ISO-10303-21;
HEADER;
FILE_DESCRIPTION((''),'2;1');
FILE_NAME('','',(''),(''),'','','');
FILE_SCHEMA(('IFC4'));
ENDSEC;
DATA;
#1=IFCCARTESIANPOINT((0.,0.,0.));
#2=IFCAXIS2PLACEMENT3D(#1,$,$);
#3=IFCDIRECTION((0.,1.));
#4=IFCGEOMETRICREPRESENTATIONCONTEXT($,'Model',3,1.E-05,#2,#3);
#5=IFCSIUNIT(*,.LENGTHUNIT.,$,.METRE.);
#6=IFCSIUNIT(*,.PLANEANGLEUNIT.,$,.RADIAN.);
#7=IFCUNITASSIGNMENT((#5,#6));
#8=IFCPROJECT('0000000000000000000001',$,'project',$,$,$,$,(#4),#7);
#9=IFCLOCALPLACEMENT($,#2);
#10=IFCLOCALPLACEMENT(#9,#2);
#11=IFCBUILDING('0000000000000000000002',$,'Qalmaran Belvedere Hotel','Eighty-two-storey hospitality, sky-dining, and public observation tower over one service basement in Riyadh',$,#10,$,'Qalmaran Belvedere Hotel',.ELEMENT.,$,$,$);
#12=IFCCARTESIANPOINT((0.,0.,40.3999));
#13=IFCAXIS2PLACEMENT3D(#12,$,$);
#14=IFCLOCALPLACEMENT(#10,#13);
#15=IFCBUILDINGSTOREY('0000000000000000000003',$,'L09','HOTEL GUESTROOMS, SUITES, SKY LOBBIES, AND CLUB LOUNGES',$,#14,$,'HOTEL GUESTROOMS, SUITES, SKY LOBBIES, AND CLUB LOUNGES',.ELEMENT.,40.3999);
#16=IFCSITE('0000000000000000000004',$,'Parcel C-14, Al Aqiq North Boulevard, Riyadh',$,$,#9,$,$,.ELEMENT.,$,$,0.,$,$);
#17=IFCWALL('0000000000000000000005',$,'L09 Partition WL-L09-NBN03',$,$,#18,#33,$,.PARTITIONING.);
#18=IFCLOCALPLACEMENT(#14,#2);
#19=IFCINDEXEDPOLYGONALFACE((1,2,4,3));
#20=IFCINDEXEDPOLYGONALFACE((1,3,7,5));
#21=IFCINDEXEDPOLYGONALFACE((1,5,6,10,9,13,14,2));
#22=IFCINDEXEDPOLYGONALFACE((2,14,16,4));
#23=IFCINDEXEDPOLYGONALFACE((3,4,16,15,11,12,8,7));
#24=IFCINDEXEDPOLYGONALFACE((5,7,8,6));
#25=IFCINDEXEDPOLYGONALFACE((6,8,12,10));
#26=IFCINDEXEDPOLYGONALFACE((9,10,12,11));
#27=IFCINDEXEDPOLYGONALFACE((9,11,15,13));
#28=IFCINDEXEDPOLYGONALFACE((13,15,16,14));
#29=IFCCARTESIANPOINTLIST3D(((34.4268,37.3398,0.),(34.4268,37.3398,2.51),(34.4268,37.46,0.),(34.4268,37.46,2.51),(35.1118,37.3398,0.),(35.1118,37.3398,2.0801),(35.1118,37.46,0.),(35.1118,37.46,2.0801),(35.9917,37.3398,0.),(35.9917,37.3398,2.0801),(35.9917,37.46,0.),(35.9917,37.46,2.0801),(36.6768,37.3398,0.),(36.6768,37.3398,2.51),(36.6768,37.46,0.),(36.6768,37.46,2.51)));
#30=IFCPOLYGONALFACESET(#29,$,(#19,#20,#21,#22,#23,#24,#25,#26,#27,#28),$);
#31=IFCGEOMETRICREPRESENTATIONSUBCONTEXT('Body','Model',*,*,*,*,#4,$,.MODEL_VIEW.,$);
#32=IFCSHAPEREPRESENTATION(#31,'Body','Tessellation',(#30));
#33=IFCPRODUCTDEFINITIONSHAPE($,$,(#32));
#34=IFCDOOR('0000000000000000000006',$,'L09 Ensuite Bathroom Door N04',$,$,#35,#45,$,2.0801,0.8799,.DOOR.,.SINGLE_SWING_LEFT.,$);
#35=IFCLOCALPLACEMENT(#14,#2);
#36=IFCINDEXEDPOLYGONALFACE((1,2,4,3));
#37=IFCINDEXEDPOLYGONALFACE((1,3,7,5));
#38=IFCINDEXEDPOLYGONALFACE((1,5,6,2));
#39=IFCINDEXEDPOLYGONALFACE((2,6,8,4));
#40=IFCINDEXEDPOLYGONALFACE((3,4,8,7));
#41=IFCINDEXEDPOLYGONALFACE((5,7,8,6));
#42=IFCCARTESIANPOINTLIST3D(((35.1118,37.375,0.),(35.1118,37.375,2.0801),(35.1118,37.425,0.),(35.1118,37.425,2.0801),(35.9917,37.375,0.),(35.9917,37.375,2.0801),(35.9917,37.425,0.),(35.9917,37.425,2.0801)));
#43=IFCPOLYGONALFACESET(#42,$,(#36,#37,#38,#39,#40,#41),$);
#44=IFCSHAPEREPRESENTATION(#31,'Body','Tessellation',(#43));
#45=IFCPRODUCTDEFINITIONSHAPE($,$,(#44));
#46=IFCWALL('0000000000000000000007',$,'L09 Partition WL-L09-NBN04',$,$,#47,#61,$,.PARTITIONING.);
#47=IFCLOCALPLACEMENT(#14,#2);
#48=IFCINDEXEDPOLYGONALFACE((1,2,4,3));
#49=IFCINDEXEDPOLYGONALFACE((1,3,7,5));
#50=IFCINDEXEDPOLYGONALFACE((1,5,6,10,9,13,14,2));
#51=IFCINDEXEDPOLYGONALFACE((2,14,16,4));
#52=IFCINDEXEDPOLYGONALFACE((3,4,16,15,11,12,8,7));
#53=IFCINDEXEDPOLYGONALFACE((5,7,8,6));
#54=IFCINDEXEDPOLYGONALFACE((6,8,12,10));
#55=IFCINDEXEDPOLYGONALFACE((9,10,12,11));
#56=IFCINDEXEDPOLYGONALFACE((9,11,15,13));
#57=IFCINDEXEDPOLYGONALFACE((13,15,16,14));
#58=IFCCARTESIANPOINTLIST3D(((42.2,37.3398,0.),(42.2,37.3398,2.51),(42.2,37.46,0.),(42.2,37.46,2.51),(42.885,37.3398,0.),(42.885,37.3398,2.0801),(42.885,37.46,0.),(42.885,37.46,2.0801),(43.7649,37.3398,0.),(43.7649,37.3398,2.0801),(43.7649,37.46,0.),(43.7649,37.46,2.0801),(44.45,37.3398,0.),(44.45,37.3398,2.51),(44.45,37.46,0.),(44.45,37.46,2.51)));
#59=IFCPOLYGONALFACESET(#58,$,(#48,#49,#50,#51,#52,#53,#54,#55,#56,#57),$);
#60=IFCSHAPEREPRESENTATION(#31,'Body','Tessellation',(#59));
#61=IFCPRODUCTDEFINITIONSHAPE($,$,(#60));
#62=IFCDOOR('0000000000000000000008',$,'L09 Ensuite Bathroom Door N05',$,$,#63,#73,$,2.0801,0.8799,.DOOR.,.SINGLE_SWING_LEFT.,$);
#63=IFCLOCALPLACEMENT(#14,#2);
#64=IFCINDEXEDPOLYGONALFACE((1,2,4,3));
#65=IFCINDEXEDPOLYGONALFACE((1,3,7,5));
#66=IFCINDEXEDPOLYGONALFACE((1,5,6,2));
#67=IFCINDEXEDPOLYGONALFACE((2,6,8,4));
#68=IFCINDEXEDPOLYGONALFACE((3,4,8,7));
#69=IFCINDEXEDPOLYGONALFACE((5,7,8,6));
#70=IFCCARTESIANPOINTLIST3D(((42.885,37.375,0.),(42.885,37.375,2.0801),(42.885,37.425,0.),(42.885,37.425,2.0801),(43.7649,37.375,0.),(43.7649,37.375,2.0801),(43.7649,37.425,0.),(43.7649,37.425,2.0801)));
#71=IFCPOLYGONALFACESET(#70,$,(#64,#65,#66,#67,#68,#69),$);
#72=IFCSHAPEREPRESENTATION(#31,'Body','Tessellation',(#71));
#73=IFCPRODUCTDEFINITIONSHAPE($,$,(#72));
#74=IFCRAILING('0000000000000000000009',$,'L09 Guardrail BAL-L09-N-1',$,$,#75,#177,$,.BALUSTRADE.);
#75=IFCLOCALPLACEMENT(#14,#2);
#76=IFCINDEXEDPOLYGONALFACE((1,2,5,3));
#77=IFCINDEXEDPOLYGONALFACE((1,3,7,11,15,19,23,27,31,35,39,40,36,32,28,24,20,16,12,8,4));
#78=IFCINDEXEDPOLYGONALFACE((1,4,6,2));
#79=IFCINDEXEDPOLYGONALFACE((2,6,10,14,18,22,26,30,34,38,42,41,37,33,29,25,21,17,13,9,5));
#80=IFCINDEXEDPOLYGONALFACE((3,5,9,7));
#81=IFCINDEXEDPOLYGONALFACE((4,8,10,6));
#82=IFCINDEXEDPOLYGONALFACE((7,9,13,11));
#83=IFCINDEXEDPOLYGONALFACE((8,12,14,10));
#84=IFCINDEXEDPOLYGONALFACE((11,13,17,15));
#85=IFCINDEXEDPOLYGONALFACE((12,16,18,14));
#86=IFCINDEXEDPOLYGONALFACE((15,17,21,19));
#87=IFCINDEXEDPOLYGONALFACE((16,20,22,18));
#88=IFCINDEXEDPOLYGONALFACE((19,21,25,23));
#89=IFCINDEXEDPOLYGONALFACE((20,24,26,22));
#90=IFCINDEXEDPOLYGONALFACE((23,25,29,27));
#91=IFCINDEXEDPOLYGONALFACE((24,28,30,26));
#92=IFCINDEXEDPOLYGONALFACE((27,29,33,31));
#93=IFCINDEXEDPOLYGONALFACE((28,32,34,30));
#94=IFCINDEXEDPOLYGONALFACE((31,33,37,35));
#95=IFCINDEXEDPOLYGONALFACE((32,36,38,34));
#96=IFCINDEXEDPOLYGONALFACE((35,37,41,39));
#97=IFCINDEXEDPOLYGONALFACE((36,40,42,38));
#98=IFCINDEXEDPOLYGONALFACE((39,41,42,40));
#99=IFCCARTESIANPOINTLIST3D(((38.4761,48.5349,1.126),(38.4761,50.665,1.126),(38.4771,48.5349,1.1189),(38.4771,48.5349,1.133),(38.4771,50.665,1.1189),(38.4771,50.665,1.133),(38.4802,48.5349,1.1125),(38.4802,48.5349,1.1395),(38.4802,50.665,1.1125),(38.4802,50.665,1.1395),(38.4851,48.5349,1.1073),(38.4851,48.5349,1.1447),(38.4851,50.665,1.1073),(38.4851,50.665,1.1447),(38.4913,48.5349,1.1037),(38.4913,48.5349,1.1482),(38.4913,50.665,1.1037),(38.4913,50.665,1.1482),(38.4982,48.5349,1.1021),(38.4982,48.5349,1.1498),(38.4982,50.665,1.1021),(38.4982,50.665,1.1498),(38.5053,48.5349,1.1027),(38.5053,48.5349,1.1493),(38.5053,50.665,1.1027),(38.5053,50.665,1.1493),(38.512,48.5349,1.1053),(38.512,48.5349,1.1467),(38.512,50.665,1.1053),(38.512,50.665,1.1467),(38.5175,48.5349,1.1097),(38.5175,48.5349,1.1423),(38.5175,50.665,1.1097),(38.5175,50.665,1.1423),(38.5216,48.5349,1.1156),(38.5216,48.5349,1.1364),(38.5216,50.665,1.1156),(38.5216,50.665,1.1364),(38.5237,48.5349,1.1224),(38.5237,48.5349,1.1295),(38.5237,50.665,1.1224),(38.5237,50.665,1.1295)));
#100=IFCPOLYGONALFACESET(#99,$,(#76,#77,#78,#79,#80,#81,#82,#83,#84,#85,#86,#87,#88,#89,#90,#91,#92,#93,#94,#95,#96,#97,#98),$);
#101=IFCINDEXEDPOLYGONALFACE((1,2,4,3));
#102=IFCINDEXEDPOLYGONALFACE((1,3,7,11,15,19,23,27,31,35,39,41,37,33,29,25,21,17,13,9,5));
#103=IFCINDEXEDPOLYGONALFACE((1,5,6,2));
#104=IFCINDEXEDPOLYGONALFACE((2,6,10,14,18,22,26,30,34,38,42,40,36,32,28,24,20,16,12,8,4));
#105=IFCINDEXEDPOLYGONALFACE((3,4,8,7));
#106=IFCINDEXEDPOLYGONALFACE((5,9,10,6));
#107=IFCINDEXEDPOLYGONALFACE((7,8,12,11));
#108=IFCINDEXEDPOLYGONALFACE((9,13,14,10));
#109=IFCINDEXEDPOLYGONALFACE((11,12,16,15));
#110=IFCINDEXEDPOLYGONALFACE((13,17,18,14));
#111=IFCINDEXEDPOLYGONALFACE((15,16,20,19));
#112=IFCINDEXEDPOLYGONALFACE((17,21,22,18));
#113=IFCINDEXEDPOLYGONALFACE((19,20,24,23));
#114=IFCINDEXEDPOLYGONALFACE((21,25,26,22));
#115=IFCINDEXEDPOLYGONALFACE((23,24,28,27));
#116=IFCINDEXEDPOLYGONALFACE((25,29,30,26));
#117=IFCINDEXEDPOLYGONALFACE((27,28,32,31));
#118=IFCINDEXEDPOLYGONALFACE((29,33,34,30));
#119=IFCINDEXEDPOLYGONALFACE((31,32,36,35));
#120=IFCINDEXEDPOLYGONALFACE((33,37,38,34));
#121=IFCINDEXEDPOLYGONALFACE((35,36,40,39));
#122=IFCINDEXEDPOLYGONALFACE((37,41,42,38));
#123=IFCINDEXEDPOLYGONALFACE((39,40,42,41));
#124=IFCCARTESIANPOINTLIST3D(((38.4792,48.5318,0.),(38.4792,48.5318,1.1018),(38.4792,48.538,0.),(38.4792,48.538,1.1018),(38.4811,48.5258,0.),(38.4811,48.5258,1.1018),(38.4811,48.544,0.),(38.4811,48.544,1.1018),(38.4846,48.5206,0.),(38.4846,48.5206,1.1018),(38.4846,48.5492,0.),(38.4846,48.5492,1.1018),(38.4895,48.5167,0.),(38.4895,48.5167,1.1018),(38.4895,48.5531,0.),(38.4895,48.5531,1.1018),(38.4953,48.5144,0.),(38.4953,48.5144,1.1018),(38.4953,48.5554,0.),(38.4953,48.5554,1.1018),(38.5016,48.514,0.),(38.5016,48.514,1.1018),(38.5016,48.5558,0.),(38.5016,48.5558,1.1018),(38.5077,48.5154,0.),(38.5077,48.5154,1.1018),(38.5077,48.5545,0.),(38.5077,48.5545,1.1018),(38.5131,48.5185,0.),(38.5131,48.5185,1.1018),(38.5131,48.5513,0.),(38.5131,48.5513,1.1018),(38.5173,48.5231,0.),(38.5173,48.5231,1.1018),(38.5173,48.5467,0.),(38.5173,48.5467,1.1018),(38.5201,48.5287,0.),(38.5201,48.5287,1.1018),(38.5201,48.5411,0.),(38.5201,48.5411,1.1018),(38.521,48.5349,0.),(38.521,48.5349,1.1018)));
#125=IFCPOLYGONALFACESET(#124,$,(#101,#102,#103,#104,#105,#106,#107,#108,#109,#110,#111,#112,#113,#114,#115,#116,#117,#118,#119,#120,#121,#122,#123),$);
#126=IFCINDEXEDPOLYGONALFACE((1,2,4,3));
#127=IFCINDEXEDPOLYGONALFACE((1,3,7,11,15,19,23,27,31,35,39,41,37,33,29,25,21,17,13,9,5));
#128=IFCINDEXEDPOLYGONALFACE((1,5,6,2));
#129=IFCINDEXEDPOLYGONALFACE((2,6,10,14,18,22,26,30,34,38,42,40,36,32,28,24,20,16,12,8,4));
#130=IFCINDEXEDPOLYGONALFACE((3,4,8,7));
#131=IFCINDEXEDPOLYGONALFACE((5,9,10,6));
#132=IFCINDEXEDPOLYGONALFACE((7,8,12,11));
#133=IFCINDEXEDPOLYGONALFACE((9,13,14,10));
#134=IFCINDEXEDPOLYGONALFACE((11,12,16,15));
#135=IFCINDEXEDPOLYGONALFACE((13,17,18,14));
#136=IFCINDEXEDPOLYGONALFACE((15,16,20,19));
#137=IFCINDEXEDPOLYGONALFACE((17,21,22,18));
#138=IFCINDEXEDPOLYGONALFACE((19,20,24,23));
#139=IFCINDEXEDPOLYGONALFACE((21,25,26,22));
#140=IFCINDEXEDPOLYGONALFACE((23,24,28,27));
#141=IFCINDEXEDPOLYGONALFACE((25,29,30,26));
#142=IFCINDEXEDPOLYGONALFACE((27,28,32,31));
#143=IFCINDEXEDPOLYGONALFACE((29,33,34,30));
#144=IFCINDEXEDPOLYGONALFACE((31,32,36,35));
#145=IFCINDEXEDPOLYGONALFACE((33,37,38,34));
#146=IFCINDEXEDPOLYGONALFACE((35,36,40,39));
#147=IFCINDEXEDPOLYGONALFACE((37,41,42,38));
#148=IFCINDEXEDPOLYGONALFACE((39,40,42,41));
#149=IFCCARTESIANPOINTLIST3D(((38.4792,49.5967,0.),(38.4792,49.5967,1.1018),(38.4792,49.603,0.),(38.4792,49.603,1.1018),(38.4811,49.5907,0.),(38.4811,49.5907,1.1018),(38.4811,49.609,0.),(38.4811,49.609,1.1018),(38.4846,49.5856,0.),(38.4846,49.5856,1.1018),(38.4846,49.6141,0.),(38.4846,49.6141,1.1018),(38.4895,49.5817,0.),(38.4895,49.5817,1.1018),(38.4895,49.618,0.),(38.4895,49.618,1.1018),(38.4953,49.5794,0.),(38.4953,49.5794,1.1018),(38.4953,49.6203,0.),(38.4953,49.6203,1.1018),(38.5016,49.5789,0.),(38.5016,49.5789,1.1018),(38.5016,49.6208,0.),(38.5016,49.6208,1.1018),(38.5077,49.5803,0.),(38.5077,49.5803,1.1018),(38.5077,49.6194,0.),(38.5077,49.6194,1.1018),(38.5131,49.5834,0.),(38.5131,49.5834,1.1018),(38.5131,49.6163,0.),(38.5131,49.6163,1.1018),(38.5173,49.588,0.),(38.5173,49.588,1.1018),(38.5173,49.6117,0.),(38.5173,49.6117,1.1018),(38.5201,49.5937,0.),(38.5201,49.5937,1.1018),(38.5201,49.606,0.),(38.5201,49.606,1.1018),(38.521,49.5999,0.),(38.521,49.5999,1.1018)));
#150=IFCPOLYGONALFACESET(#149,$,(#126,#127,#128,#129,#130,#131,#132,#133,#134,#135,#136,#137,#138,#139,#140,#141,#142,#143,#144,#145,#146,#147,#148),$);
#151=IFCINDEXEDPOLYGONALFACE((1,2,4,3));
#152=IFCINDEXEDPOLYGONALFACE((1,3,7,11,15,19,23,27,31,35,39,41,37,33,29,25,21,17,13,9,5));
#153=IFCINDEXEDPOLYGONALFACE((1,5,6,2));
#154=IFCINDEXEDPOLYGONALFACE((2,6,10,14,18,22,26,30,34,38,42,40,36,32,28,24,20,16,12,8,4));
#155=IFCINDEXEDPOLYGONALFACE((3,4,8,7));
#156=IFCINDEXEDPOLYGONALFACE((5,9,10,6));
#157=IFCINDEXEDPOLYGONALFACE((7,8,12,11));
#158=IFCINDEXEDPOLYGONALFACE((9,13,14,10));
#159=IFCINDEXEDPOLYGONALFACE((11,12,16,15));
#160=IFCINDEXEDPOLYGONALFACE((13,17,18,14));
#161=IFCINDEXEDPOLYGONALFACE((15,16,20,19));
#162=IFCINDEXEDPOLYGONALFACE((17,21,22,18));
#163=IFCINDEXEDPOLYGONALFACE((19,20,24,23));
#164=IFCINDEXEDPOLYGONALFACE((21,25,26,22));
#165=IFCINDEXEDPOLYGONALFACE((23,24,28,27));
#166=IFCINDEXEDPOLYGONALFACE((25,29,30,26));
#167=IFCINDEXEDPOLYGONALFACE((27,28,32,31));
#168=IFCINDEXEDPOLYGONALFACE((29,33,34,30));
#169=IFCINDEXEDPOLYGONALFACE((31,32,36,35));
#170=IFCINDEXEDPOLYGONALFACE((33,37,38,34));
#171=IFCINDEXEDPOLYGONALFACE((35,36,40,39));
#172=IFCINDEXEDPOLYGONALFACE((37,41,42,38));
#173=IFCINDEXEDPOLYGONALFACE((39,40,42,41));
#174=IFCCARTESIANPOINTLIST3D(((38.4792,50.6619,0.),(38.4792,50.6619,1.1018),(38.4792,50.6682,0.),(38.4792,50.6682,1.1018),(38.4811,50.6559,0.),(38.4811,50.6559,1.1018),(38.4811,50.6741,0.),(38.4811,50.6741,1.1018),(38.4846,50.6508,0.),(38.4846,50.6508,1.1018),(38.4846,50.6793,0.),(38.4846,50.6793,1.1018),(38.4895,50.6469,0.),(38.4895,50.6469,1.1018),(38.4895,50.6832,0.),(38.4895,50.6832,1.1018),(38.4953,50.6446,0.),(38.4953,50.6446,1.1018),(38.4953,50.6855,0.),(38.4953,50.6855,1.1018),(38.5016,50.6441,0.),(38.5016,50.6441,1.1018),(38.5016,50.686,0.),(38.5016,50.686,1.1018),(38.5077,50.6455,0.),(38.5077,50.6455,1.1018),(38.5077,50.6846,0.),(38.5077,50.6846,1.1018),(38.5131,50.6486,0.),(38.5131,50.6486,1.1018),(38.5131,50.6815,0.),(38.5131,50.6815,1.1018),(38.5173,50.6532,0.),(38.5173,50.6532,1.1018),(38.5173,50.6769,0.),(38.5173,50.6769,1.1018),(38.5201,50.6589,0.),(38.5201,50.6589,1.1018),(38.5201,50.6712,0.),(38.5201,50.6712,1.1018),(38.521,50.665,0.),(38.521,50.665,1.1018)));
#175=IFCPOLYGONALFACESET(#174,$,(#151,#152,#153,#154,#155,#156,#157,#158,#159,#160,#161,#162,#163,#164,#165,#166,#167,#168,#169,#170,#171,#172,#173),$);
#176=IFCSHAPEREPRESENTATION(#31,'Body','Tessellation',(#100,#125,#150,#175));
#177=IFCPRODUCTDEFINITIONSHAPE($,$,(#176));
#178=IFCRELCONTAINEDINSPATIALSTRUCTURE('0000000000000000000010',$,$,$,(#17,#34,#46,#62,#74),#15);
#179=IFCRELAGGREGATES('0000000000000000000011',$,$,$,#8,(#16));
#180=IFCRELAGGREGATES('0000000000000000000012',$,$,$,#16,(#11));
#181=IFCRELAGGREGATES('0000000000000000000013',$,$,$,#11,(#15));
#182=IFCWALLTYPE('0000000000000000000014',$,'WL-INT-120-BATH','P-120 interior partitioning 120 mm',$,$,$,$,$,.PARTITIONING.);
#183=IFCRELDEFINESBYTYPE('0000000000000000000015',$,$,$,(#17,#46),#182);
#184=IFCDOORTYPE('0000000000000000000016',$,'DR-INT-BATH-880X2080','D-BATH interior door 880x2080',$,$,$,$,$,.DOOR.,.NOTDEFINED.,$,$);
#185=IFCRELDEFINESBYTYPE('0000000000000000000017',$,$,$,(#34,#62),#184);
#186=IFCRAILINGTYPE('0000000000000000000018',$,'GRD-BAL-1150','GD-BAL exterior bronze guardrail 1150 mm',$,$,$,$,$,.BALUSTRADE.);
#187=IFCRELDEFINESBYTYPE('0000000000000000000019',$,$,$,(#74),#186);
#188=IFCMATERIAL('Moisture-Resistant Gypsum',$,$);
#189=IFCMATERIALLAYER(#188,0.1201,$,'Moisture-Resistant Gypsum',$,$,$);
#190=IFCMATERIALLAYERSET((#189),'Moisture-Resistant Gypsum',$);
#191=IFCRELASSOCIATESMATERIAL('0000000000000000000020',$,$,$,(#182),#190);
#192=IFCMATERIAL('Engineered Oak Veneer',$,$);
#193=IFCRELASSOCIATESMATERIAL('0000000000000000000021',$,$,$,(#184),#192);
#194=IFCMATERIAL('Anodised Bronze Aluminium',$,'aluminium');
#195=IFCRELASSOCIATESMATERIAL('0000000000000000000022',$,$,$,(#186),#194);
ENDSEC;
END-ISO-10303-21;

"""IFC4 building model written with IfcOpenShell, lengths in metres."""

from ifc_helpers import new_model, si_unit, direction, frame, frame_2d, origin, origin_2d, place, context, subcontext, project, spatial, rectangle, circle, extrude, material, layer, layer_set, type_object, element, fill, save


model = new_model("IFC4")

# Units and contexts
model_context = context("Model", 3, precision=1e-05, world=origin(), true_north=direction((0.0, 1.0)))
body_context = subcontext(model_context, "Body", "Model", "MODEL_VIEW")
ifc_project = project(units=[si_unit("LENGTHUNIT", "METRE"), si_unit("PLANEANGLEUNIT", "RADIAN")], contexts=[model_context])

# Site, building, storey
site_placement = place(None, origin())
site = spatial("IfcSite", under=ifc_project, at=site_placement, Name="Parcel C-14, Al Aqiq North Boulevard, Riyadh", CompositionType="ELEMENT", RefElevation=0.0)
building_placement = place(site_placement, origin())
building = spatial("IfcBuilding", under=site, at=building_placement, Name="Qalmaran Belvedere Hotel", Description="Eighty-two-storey hospitality, sky-dining, and public observation tower over one service basement in Riyadh", LongName="Qalmaran Belvedere Hotel", CompositionType="ELEMENT")
storey_placement = place(building_placement, frame((0.0, 0.0, 40.3999)))
storey = spatial("IfcBuildingStorey", under=building, at=storey_placement, Name="L09", Description="HOTEL GUESTROOMS, SUITES, SKY LOBBIES, AND CLUB LOUNGES", LongName="HOTEL GUESTROOMS, SUITES, SKY LOBBIES, AND CLUB LOUNGES", CompositionType="ELEMENT", Elevation=40.3999)

# Shared definitions
ifc_material_1 = material(Name="Anodised Bronze Aluminium", Category="aluminium")

# Walls, openings, doors
ifc_material_2 = material(Name="Moisture-Resistant Gypsum")
ifc_layer_1 = layer(ifc_material_2, 0.1201, Name="Moisture-Resistant Gypsum")
ifc_layer_set_1 = layer_set([ifc_layer_1], Name="Moisture-Resistant Gypsum")
wall_type_1 = type_object("IfcWallType", Name="WL-INT-120-BATH", Description="P-120 interior partitioning 120 mm", PredefinedType="PARTITIONING", material=ifc_layer_set_1)
wall_1_placement = place(storey_placement, frame((34.4268, 37.3999, 0.0), z_axis=(0.0, 0.0, 1.0), x_axis=(1.0, 0.0, 0.0)))
wall_1 = element("IfcWall", 1, at=wall_1_placement, inside=storey, type_object=wall_type_1, Name="L09 Partition WL-L09-NBN03", PredefinedType="PARTITIONING", context=body_context, shape_type="SweptSolid", body=[
    extrude(rectangle(XDim=2.25, YDim=0.1201, at=frame_2d((1.125, 0.0))), origin(), (0.0, 0.0, 1.0), 2.51),
])
opening_1_placement = place(wall_1_placement, frame((1.5649, 0.0, 0.0), z_axis=(0.0, 0.0, 1.0), x_axis=(-1.0, 0.0, 0.0)))
opening_1 = element("IfcOpeningElement", 2, at=opening_1_placement, cuts=wall_1, PredefinedType="OPENING", context=body_context, shape_type="SweptSolid", body=[
    extrude(rectangle(XDim=0.8799, YDim=2.0801, at=frame_2d((0.4399, 1.04))), frame((0.0, 0.0701, 0.0), z_axis=(0.0, -1.0, 0.0), x_axis=(1.0, 0.0, 0.0)), (0.0, 0.0, 1.0), 0.1401),
])
ifc_material_3 = material(Name="Engineered Oak Veneer")
door_type_1 = type_object("IfcDoorType", Name="DR-INT-BATH-880X2080", Description="D-BATH interior door 880x2080", OperationType="NOTDEFINED", PredefinedType="DOOR", material=ifc_material_3)
door_1_placement = place(opening_1_placement, origin())
door_1 = element("IfcDoor", 3, at=door_1_placement, inside=storey, type_object=door_type_1, Name="L09 Ensuite Bathroom Door N04", OperationType="SINGLE_SWING_LEFT", OverallHeight=2.0801, OverallWidth=0.8799, PredefinedType="DOOR", context=body_context, shape_type="SweptSolid", body=[
    extrude(rectangle(XDim=0.8799, YDim=2.0801, at=frame_2d((0.4399, 1.04))), frame((0.0, 0.0249, 0.0), z_axis=(0.0, -1.0, 0.0), x_axis=(1.0, 0.0, 0.0)), (0.0, 0.0, 1.0), 0.05),
])
fill(opening_1, door_1)
wall_2_placement = place(storey_placement, frame((42.2, 37.3999, 0.0), z_axis=(0.0, 0.0, 1.0), x_axis=(1.0, 0.0, 0.0)))
wall_2 = element("IfcWall", 4, at=wall_2_placement, inside=storey, type_object=wall_type_1, Name="L09 Partition WL-L09-NBN04", PredefinedType="PARTITIONING", context=body_context, shape_type="SweptSolid", body=[
    extrude(rectangle(XDim=2.25, YDim=0.1201, at=frame_2d((1.125, 0.0))), origin(), (0.0, 0.0, 1.0), 2.51),
])
opening_2_placement = place(wall_2_placement, frame((1.5649, 0.0, 0.0), z_axis=(0.0, 0.0, 1.0), x_axis=(-1.0, 0.0, 0.0)))
opening_2 = element("IfcOpeningElement", 5, at=opening_2_placement, cuts=wall_2, PredefinedType="OPENING", context=body_context, shape_type="SweptSolid", body=[
    extrude(rectangle(XDim=0.8799, YDim=2.0801, at=frame_2d((0.4399, 1.04))), frame((0.0, 0.0701, 0.0), z_axis=(0.0, -1.0, 0.0), x_axis=(1.0, 0.0, 0.0)), (0.0, 0.0, 1.0), 0.1401),
])
door_2_placement = place(opening_2_placement, origin())
door_2 = element("IfcDoor", 6, at=door_2_placement, inside=storey, type_object=door_type_1, Name="L09 Ensuite Bathroom Door N05", OperationType="SINGLE_SWING_LEFT", OverallHeight=2.0801, OverallWidth=0.8799, PredefinedType="DOOR", context=body_context, shape_type="SweptSolid", body=[
    extrude(rectangle(XDim=0.8799, YDim=2.0801, at=frame_2d((0.4399, 1.04))), frame((0.0, 0.0249, 0.0), z_axis=(0.0, -1.0, 0.0), x_axis=(1.0, 0.0, 0.0)), (0.0, 0.0, 1.0), 0.05),
])
fill(opening_2, door_2)

# Railing
railing_type = type_object("IfcRailingType", Name="GRD-BAL-1150", Description="GD-BAL exterior bronze guardrail 1150 mm", PredefinedType="BALUSTRADE", material=ifc_material_1)
railing_1_placement = place(storey_placement, frame((38.5, 48.5349, 0.0)))
element("IfcRailing", 7, at=railing_1_placement, inside=storey, type_object=railing_type, Name="L09 Guardrail BAL-L09-N-1", PredefinedType="BALUSTRADE", context=body_context, shape_type="SweptSolid", body=[
    extrude(circle(Radius=0.0239, at=origin_2d()), frame((0.0, 0.0, 1.126), z_axis=(0.0, 1.0, 0.0), x_axis=(-1.0, 0.0, 0.0)), (0.0, 0.0, 1.0), 2.1301),
    extrude(circle(Radius=0.021, at=origin_2d()), origin(), (0.0, 0.0, 1.0), 1.1018),
    extrude(circle(Radius=0.021, at=origin_2d()), frame((0.0, 1.0649, 0.0)), (0.0, 0.0, 1.0), 1.1018),
    extrude(circle(Radius=0.021, at=origin_2d()), frame((0.0, 2.1301, 0.0)), (0.0, 0.0, 1.0), 1.1018),
])

save(model, "model.ifc")
